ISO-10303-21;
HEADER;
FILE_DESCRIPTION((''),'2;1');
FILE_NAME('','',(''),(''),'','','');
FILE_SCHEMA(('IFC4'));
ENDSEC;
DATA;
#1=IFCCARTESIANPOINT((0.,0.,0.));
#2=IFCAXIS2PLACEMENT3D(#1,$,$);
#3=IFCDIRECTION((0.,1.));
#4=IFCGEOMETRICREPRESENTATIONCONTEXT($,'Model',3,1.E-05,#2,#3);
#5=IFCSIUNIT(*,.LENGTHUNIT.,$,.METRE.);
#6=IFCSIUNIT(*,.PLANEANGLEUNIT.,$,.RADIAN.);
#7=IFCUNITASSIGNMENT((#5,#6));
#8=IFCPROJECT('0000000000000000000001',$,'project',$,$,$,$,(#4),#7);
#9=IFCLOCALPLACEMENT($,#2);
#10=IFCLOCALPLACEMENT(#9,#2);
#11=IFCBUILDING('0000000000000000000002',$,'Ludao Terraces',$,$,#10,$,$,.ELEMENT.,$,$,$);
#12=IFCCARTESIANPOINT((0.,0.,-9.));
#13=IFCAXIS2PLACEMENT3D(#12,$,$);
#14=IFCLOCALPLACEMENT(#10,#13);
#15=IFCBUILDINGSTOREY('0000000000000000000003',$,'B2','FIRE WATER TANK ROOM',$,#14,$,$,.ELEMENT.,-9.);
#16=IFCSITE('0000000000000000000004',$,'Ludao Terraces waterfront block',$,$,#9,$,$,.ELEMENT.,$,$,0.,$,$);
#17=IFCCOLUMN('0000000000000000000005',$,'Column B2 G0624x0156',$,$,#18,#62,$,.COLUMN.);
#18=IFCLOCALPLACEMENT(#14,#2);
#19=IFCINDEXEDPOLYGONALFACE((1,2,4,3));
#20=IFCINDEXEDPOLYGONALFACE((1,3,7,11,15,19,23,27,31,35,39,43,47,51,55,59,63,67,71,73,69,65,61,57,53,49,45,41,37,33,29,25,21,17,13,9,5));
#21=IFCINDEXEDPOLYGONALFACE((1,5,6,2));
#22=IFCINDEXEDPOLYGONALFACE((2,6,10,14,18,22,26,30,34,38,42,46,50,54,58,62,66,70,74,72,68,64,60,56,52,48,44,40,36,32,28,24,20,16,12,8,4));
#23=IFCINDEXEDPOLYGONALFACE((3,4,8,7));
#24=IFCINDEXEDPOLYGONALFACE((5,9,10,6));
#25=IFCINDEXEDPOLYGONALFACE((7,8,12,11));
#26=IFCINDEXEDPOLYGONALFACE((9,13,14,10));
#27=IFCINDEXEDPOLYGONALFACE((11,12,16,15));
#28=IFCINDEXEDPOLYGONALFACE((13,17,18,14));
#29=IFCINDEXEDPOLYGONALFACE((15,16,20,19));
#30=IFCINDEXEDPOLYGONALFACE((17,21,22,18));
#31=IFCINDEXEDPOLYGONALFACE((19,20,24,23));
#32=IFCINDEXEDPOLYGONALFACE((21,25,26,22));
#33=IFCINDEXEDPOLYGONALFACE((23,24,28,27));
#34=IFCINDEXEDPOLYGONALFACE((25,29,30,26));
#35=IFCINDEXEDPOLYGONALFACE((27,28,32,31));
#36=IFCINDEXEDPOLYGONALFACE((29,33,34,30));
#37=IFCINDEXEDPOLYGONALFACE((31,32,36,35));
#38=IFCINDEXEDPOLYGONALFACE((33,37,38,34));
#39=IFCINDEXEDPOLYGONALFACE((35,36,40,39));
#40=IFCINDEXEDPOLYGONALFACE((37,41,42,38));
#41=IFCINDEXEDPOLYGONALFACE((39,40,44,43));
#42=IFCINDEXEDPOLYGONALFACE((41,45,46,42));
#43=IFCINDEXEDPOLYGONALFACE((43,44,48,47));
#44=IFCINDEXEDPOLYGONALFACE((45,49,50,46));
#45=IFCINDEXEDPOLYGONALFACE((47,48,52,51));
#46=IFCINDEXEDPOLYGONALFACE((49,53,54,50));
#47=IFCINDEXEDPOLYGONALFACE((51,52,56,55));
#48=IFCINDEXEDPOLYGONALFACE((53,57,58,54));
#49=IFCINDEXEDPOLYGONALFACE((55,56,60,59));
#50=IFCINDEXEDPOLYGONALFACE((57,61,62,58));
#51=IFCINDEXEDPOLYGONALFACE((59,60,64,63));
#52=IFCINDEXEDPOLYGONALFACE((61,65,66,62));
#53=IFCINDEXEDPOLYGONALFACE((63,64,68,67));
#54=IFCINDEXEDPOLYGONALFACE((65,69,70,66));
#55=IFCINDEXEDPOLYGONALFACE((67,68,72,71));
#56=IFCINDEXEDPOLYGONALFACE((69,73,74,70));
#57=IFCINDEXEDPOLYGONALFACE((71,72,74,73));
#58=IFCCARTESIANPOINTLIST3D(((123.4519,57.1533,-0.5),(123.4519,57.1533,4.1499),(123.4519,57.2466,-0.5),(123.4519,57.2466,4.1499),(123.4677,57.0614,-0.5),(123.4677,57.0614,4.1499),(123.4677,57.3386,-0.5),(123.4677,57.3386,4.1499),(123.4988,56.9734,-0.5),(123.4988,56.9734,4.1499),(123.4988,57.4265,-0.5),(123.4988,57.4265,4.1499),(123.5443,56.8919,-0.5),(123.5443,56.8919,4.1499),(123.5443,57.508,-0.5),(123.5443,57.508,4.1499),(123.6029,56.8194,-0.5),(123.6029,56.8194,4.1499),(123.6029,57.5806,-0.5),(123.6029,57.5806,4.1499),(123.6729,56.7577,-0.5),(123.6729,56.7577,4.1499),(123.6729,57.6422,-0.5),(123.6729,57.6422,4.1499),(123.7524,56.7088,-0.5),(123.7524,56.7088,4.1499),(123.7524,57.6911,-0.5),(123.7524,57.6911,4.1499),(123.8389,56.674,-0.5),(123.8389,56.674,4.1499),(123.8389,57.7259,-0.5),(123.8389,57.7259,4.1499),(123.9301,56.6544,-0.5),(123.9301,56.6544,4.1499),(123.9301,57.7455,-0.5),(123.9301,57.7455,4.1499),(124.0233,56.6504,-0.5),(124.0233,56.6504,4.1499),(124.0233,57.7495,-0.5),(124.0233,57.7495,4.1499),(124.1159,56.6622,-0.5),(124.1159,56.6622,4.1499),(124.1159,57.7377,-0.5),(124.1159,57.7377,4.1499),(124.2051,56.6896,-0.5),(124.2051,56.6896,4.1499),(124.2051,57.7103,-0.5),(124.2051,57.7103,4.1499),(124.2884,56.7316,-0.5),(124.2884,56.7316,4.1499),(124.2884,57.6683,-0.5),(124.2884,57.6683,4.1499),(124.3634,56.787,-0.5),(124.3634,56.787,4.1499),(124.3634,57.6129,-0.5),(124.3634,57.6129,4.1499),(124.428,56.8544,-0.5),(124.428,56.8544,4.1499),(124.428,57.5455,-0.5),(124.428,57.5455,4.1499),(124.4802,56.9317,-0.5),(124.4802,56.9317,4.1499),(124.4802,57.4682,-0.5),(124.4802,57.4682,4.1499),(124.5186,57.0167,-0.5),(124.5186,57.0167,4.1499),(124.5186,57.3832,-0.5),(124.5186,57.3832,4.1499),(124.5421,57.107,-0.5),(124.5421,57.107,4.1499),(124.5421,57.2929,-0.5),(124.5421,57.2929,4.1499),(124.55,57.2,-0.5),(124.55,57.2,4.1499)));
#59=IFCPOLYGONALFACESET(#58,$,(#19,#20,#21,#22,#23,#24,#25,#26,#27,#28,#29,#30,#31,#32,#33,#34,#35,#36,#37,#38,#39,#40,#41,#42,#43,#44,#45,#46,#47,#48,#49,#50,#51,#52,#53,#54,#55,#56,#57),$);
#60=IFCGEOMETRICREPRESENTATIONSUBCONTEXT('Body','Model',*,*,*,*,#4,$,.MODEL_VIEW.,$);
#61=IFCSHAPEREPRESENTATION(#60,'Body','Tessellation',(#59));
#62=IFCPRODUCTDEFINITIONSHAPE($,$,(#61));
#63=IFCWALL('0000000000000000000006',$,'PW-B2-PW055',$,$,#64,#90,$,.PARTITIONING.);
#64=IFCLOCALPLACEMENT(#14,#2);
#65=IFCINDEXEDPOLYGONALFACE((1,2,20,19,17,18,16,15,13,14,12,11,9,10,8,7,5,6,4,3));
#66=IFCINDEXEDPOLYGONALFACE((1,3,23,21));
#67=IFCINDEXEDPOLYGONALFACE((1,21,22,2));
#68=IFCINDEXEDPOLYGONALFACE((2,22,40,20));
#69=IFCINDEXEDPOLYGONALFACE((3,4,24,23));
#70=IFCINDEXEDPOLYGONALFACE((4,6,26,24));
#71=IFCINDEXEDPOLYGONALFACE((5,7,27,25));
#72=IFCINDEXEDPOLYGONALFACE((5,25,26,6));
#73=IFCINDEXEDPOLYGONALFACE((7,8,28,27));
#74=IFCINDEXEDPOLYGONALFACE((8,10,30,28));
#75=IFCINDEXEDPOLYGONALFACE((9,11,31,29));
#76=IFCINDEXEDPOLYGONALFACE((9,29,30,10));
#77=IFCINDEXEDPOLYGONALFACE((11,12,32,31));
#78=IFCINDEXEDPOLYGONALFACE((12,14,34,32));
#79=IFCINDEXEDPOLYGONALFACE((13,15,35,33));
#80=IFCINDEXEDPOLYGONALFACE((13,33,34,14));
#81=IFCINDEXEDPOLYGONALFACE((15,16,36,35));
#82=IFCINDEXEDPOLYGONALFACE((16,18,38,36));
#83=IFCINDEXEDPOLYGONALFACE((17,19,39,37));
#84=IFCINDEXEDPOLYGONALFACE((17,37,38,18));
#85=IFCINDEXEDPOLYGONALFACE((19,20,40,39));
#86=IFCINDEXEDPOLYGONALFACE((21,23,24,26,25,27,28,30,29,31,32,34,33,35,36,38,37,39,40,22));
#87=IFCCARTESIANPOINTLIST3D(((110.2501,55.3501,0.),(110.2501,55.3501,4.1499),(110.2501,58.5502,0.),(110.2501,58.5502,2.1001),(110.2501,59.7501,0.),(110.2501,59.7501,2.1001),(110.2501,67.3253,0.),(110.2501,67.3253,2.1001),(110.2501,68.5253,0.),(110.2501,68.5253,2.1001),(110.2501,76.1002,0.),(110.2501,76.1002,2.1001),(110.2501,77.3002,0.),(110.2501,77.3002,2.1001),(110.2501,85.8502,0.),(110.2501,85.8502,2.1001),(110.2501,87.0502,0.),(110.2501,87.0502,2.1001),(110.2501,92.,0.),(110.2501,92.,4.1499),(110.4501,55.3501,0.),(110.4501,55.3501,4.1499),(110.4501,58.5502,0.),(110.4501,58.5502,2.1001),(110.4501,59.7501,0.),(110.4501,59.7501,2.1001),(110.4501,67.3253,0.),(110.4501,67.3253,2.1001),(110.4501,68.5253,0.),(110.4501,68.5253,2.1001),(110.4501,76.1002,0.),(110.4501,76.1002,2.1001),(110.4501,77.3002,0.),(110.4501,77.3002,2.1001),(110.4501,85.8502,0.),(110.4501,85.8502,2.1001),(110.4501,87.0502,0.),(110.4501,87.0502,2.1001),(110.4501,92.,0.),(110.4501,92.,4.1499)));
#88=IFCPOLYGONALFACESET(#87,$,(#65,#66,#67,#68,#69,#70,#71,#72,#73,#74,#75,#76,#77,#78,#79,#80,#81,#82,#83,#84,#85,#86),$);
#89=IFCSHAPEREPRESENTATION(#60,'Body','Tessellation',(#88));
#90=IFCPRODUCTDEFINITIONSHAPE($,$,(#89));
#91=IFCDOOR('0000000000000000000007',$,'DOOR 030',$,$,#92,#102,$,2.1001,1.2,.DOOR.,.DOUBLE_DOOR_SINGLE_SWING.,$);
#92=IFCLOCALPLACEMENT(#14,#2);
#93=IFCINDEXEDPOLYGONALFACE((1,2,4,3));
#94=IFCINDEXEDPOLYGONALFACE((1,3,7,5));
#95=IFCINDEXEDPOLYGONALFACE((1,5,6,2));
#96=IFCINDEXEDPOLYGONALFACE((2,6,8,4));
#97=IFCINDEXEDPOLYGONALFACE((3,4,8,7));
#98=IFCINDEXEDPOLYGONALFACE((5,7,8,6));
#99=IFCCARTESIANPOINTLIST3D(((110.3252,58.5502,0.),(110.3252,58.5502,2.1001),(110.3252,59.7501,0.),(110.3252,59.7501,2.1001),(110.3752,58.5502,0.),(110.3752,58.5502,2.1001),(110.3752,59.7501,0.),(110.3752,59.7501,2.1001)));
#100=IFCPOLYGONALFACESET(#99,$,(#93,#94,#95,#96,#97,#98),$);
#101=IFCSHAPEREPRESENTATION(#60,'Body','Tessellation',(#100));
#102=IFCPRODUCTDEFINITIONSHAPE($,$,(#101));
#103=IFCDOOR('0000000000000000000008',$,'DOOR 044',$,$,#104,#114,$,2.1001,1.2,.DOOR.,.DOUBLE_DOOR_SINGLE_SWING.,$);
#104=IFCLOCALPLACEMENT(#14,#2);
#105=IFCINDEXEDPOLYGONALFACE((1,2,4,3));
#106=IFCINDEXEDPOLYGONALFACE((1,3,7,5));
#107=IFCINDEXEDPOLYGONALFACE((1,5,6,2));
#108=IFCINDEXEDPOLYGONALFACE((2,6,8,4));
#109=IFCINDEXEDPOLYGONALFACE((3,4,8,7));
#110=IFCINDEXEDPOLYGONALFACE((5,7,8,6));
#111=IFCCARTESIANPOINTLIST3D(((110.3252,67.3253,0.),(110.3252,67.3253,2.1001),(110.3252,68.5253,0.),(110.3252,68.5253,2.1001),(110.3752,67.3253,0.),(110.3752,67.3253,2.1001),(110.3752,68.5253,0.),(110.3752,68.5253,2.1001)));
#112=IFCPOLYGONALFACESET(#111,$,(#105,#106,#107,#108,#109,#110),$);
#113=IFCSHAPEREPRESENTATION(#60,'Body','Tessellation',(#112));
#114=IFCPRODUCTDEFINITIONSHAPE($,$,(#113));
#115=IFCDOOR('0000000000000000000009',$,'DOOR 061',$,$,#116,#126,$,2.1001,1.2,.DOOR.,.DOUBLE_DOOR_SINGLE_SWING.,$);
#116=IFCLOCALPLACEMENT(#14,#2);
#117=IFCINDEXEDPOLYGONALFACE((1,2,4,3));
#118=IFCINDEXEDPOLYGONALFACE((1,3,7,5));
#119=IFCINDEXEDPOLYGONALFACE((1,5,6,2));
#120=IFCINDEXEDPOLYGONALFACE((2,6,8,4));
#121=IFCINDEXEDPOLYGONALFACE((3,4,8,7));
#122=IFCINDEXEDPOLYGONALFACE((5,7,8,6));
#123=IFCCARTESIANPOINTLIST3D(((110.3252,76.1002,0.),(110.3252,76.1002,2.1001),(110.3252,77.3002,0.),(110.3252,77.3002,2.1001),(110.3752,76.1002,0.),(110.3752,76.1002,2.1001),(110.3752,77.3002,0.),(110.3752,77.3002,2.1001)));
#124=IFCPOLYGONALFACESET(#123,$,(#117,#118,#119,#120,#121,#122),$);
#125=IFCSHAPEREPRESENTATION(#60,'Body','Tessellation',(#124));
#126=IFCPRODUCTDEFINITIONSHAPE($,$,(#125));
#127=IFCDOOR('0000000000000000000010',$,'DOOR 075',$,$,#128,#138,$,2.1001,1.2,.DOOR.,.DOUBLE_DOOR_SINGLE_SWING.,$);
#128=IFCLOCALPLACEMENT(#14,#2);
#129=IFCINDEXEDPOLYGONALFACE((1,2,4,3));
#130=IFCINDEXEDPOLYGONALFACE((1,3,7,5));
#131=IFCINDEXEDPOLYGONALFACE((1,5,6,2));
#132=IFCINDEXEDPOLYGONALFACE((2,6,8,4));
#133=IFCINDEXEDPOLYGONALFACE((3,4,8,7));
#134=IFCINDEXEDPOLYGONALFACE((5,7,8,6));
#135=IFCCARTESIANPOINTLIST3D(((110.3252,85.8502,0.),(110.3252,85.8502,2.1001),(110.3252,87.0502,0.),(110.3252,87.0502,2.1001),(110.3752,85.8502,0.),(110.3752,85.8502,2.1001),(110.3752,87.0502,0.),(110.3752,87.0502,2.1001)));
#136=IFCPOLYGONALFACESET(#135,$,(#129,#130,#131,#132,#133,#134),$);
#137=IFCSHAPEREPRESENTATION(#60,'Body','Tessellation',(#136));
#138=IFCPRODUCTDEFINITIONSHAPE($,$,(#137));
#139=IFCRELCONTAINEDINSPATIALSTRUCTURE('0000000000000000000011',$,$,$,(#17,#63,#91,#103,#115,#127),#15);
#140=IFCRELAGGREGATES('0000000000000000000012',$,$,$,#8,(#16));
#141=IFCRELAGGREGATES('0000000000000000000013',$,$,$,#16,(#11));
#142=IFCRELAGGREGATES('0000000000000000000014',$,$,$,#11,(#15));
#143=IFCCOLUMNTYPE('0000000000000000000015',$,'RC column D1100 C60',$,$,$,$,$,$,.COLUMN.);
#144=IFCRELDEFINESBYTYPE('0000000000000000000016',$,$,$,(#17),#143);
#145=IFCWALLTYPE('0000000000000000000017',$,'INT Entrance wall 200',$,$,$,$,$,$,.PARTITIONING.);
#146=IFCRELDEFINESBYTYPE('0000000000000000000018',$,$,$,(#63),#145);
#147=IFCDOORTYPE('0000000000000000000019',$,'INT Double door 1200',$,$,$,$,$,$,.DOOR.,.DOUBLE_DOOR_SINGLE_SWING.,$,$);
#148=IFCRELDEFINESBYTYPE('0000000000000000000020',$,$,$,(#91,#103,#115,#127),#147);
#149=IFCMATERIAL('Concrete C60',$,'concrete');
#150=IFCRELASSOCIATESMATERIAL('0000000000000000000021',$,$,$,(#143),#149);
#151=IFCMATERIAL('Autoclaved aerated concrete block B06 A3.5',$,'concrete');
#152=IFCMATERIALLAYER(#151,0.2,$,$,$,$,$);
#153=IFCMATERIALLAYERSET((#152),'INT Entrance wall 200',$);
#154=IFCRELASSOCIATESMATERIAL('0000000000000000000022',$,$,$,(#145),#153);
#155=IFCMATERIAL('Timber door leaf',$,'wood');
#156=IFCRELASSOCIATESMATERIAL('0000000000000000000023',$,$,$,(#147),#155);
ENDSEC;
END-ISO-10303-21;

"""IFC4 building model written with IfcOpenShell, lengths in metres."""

from ifc_helpers import new_model, si_unit, direction, frame, frame_2d, origin, origin_2d, place, context, subcontext, project, spatial, rectangle, circle, extrude, material, layer, layer_set, material_profile, profile_set, type_object, element, fill, save


model = new_model("IFC4")

# Units and contexts
model_context = context("Model", 3, precision=1e-05, world=origin(), true_north=direction((0.0, 1.0)))
body_context = subcontext(model_context, "Body", "Model", "MODEL_VIEW")
ifc_project = project(units=[si_unit("LENGTHUNIT", "METRE"), si_unit("PLANEANGLEUNIT", "RADIAN")], contexts=[model_context])

# Site, building, storey
site_placement = place(None, origin())
site = spatial("IfcSite", under=ifc_project, at=site_placement, Name="Ludao Terraces waterfront block", CompositionType="ELEMENT", RefElevation=0.0)
building_placement = place(site_placement, origin())
building = spatial("IfcBuilding", under=site, at=building_placement, Name="Ludao Terraces", CompositionType="ELEMENT")
storey_placement = place(building_placement, frame((0.0, 0.0, -9.0)))
storey = spatial("IfcBuildingStorey", under=building, at=storey_placement, Name="B2", Description="FIRE WATER TANK ROOM", CompositionType="ELEMENT", Elevation=-9.0)

# Column
ifc_material_1 = material(Name="Concrete C60", Category="concrete")
ifc_material_profile_1 = material_profile(ifc_material_1, circle(Radius=0.55, at=origin_2d()), Name="D1100")
ifc_profile_set_1 = profile_set([ifc_material_profile_1], Name="Concrete C60")
column_type_1 = type_object("IfcColumnType", Name="RC column D1100 C60", PredefinedType="COLUMN", material=ifc_profile_set_1)
for number, where, z_axis, x_axis, name in (
    (1, (124.0, 57.2, -0.5), (0.0, 0.0, 1.0), (1.0, 0.0, 0.0), "Column B2 G0624x0156"),
):
    element("IfcColumn", number, at=place(storey_placement, frame(where, z_axis=z_axis, x_axis=x_axis)), inside=storey, type_object=column_type_1, Name=name, PredefinedType="COLUMN", context=body_context, shape_type="SweptSolid", body=[
        extrude(circle(Radius=0.55, at=origin_2d()), origin(), (0.0, 0.0, 1.0), 4.6499),
    ])

# Wall, openings, doors
ifc_material_2 = material(Name="Autoclaved aerated concrete block B06 A3.5", Category="concrete")
ifc_layer_1 = layer(ifc_material_2, 0.2)
ifc_layer_set_1 = layer_set([ifc_layer_1], Name="INT Entrance wall 200")
wall_type_1 = type_object("IfcWallType", Name="INT Entrance wall 200", PredefinedType="PARTITIONING", material=ifc_layer_set_1)
wall_1_placement = place(storey_placement, frame((110.3501, 55.3501, 0.0), z_axis=(0.0, 0.0, 1.0), x_axis=(0.0, 1.0, 0.0)))
wall_1 = element("IfcWall", 2, at=wall_1_placement, inside=storey, type_object=wall_type_1, Name="PW-B2-PW055", PredefinedType="PARTITIONING", context=body_context, shape_type="SweptSolid", body=[
    extrude(rectangle(XDim=36.6499, YDim=0.2, at=frame_2d((18.325, 0.0))), origin(), (0.0, 0.0, 1.0), 4.1499),
])
opening_1_placement = place(wall_1_placement, frame((3.2, 0.0, 0.0)))
opening_1 = element("IfcOpeningElement", 3, at=opening_1_placement, cuts=wall_1, PredefinedType="OPENING", context=body_context, shape_type="SweptSolid", body=[
    extrude(rectangle(XDim=1.2, YDim=2.1001, at=frame_2d((0.6001, 1.05))), frame((0.0, 0.1099, 0.0), z_axis=(0.0, -1.0, 0.0), x_axis=(1.0, 0.0, 0.0)), (0.0, 0.0, 1.0), 0.22),
])
opening_2_placement = place(wall_1_placement, frame((11.9751, 0.0, 0.0)))
opening_2 = element("IfcOpeningElement", 4, at=opening_2_placement, cuts=wall_1, PredefinedType="OPENING", context=body_context, shape_type="SweptSolid", body=[
    extrude(rectangle(XDim=1.2, YDim=2.1001, at=frame_2d((0.6001, 1.05))), frame((0.0, 0.1099, 0.0), z_axis=(0.0, -1.0, 0.0), x_axis=(1.0, 0.0, 0.0)), (0.0, 0.0, 1.0), 0.22),
])
opening_3_placement = place(wall_1_placement, frame((20.75, 0.0, 0.0)))
opening_3 = element("IfcOpeningElement", 5, at=opening_3_placement, cuts=wall_1, PredefinedType="OPENING", context=body_context, shape_type="SweptSolid", body=[
    extrude(rectangle(XDim=1.2, YDim=2.1001, at=frame_2d((0.6001, 1.05))), frame((0.0, 0.1099, 0.0), z_axis=(0.0, -1.0, 0.0), x_axis=(1.0, 0.0, 0.0)), (0.0, 0.0, 1.0), 0.22),
])
opening_4_placement = place(wall_1_placement, frame((30.5, 0.0, 0.0)))
opening_4 = element("IfcOpeningElement", 6, at=opening_4_placement, cuts=wall_1, PredefinedType="OPENING", context=body_context, shape_type="SweptSolid", body=[
    extrude(rectangle(XDim=1.2, YDim=2.1001, at=frame_2d((0.6001, 1.05))), frame((0.0, 0.1099, 0.0), z_axis=(0.0, -1.0, 0.0), x_axis=(1.0, 0.0, 0.0)), (0.0, 0.0, 1.0), 0.22),
])
ifc_material_3 = material(Name="Timber door leaf", Category="wood")
door_type = type_object("IfcDoorType", Name="INT Double door 1200", OperationType="DOUBLE_DOOR_SINGLE_SWING", PredefinedType="DOOR", material=ifc_material_3)
door_1_placement = place(opening_1_placement, origin())
door_1 = element("IfcDoor", 7, at=door_1_placement, inside=storey, type_object=door_type, Name="DOOR 030", OperationType="DOUBLE_DOOR_SINGLE_SWING", OverallHeight=2.1001, OverallWidth=1.2, PredefinedType="DOOR", context=body_context, shape_type="SweptSolid", body=[
    extrude(rectangle(XDim=1.2, YDim=2.1001, at=frame_2d((0.6001, 1.05))), frame((0.0, 0.0249, 0.0), z_axis=(0.0, -1.0, 0.0), x_axis=(1.0, 0.0, 0.0)), (0.0, 0.0, 1.0), 0.05),
])
fill(opening_1, door_1)
door_2_placement = place(opening_2_placement, origin())
door_2 = element("IfcDoor", 8, at=door_2_placement, inside=storey, type_object=door_type, Name="DOOR 044", OperationType="DOUBLE_DOOR_SINGLE_SWING", OverallHeight=2.1001, OverallWidth=1.2, PredefinedType="DOOR", context=body_context, shape_type="SweptSolid", body=[
    extrude(rectangle(XDim=1.2, YDim=2.1001, at=frame_2d((0.6001, 1.05))), frame((0.0, 0.0249, 0.0), z_axis=(0.0, -1.0, 0.0), x_axis=(1.0, 0.0, 0.0)), (0.0, 0.0, 1.0), 0.05),
])
fill(opening_2, door_2)
door_3_placement = place(opening_3_placement, origin())
door_3 = element("IfcDoor", 9, at=door_3_placement, inside=storey, type_object=door_type, Name="DOOR 061", OperationType="DOUBLE_DOOR_SINGLE_SWING", OverallHeight=2.1001, OverallWidth=1.2, PredefinedType="DOOR", context=body_context, shape_type="SweptSolid", body=[
    extrude(rectangle(XDim=1.2, YDim=2.1001, at=frame_2d((0.6001, 1.05))), frame((0.0, 0.0249, 0.0), z_axis=(0.0, -1.0, 0.0), x_axis=(1.0, 0.0, 0.0)), (0.0, 0.0, 1.0), 0.05),
])
fill(opening_3, door_3)
door_4_placement = place(opening_4_placement, origin())
door_4 = element("IfcDoor", 10, at=door_4_placement, inside=storey, type_object=door_type, Name="DOOR 075", OperationType="DOUBLE_DOOR_SINGLE_SWING", OverallHeight=2.1001, OverallWidth=1.2, PredefinedType="DOOR", context=body_context, shape_type="SweptSolid", body=[
    extrude(rectangle(XDim=1.2, YDim=2.1001, at=frame_2d((0.6001, 1.05))), frame((0.0, 0.0249, 0.0), z_axis=(0.0, -1.0, 0.0), x_axis=(1.0, 0.0, 0.0)), (0.0, 0.0, 1.0), 0.05),
])
fill(opening_4, door_4)

save(model, "model.ifc")
